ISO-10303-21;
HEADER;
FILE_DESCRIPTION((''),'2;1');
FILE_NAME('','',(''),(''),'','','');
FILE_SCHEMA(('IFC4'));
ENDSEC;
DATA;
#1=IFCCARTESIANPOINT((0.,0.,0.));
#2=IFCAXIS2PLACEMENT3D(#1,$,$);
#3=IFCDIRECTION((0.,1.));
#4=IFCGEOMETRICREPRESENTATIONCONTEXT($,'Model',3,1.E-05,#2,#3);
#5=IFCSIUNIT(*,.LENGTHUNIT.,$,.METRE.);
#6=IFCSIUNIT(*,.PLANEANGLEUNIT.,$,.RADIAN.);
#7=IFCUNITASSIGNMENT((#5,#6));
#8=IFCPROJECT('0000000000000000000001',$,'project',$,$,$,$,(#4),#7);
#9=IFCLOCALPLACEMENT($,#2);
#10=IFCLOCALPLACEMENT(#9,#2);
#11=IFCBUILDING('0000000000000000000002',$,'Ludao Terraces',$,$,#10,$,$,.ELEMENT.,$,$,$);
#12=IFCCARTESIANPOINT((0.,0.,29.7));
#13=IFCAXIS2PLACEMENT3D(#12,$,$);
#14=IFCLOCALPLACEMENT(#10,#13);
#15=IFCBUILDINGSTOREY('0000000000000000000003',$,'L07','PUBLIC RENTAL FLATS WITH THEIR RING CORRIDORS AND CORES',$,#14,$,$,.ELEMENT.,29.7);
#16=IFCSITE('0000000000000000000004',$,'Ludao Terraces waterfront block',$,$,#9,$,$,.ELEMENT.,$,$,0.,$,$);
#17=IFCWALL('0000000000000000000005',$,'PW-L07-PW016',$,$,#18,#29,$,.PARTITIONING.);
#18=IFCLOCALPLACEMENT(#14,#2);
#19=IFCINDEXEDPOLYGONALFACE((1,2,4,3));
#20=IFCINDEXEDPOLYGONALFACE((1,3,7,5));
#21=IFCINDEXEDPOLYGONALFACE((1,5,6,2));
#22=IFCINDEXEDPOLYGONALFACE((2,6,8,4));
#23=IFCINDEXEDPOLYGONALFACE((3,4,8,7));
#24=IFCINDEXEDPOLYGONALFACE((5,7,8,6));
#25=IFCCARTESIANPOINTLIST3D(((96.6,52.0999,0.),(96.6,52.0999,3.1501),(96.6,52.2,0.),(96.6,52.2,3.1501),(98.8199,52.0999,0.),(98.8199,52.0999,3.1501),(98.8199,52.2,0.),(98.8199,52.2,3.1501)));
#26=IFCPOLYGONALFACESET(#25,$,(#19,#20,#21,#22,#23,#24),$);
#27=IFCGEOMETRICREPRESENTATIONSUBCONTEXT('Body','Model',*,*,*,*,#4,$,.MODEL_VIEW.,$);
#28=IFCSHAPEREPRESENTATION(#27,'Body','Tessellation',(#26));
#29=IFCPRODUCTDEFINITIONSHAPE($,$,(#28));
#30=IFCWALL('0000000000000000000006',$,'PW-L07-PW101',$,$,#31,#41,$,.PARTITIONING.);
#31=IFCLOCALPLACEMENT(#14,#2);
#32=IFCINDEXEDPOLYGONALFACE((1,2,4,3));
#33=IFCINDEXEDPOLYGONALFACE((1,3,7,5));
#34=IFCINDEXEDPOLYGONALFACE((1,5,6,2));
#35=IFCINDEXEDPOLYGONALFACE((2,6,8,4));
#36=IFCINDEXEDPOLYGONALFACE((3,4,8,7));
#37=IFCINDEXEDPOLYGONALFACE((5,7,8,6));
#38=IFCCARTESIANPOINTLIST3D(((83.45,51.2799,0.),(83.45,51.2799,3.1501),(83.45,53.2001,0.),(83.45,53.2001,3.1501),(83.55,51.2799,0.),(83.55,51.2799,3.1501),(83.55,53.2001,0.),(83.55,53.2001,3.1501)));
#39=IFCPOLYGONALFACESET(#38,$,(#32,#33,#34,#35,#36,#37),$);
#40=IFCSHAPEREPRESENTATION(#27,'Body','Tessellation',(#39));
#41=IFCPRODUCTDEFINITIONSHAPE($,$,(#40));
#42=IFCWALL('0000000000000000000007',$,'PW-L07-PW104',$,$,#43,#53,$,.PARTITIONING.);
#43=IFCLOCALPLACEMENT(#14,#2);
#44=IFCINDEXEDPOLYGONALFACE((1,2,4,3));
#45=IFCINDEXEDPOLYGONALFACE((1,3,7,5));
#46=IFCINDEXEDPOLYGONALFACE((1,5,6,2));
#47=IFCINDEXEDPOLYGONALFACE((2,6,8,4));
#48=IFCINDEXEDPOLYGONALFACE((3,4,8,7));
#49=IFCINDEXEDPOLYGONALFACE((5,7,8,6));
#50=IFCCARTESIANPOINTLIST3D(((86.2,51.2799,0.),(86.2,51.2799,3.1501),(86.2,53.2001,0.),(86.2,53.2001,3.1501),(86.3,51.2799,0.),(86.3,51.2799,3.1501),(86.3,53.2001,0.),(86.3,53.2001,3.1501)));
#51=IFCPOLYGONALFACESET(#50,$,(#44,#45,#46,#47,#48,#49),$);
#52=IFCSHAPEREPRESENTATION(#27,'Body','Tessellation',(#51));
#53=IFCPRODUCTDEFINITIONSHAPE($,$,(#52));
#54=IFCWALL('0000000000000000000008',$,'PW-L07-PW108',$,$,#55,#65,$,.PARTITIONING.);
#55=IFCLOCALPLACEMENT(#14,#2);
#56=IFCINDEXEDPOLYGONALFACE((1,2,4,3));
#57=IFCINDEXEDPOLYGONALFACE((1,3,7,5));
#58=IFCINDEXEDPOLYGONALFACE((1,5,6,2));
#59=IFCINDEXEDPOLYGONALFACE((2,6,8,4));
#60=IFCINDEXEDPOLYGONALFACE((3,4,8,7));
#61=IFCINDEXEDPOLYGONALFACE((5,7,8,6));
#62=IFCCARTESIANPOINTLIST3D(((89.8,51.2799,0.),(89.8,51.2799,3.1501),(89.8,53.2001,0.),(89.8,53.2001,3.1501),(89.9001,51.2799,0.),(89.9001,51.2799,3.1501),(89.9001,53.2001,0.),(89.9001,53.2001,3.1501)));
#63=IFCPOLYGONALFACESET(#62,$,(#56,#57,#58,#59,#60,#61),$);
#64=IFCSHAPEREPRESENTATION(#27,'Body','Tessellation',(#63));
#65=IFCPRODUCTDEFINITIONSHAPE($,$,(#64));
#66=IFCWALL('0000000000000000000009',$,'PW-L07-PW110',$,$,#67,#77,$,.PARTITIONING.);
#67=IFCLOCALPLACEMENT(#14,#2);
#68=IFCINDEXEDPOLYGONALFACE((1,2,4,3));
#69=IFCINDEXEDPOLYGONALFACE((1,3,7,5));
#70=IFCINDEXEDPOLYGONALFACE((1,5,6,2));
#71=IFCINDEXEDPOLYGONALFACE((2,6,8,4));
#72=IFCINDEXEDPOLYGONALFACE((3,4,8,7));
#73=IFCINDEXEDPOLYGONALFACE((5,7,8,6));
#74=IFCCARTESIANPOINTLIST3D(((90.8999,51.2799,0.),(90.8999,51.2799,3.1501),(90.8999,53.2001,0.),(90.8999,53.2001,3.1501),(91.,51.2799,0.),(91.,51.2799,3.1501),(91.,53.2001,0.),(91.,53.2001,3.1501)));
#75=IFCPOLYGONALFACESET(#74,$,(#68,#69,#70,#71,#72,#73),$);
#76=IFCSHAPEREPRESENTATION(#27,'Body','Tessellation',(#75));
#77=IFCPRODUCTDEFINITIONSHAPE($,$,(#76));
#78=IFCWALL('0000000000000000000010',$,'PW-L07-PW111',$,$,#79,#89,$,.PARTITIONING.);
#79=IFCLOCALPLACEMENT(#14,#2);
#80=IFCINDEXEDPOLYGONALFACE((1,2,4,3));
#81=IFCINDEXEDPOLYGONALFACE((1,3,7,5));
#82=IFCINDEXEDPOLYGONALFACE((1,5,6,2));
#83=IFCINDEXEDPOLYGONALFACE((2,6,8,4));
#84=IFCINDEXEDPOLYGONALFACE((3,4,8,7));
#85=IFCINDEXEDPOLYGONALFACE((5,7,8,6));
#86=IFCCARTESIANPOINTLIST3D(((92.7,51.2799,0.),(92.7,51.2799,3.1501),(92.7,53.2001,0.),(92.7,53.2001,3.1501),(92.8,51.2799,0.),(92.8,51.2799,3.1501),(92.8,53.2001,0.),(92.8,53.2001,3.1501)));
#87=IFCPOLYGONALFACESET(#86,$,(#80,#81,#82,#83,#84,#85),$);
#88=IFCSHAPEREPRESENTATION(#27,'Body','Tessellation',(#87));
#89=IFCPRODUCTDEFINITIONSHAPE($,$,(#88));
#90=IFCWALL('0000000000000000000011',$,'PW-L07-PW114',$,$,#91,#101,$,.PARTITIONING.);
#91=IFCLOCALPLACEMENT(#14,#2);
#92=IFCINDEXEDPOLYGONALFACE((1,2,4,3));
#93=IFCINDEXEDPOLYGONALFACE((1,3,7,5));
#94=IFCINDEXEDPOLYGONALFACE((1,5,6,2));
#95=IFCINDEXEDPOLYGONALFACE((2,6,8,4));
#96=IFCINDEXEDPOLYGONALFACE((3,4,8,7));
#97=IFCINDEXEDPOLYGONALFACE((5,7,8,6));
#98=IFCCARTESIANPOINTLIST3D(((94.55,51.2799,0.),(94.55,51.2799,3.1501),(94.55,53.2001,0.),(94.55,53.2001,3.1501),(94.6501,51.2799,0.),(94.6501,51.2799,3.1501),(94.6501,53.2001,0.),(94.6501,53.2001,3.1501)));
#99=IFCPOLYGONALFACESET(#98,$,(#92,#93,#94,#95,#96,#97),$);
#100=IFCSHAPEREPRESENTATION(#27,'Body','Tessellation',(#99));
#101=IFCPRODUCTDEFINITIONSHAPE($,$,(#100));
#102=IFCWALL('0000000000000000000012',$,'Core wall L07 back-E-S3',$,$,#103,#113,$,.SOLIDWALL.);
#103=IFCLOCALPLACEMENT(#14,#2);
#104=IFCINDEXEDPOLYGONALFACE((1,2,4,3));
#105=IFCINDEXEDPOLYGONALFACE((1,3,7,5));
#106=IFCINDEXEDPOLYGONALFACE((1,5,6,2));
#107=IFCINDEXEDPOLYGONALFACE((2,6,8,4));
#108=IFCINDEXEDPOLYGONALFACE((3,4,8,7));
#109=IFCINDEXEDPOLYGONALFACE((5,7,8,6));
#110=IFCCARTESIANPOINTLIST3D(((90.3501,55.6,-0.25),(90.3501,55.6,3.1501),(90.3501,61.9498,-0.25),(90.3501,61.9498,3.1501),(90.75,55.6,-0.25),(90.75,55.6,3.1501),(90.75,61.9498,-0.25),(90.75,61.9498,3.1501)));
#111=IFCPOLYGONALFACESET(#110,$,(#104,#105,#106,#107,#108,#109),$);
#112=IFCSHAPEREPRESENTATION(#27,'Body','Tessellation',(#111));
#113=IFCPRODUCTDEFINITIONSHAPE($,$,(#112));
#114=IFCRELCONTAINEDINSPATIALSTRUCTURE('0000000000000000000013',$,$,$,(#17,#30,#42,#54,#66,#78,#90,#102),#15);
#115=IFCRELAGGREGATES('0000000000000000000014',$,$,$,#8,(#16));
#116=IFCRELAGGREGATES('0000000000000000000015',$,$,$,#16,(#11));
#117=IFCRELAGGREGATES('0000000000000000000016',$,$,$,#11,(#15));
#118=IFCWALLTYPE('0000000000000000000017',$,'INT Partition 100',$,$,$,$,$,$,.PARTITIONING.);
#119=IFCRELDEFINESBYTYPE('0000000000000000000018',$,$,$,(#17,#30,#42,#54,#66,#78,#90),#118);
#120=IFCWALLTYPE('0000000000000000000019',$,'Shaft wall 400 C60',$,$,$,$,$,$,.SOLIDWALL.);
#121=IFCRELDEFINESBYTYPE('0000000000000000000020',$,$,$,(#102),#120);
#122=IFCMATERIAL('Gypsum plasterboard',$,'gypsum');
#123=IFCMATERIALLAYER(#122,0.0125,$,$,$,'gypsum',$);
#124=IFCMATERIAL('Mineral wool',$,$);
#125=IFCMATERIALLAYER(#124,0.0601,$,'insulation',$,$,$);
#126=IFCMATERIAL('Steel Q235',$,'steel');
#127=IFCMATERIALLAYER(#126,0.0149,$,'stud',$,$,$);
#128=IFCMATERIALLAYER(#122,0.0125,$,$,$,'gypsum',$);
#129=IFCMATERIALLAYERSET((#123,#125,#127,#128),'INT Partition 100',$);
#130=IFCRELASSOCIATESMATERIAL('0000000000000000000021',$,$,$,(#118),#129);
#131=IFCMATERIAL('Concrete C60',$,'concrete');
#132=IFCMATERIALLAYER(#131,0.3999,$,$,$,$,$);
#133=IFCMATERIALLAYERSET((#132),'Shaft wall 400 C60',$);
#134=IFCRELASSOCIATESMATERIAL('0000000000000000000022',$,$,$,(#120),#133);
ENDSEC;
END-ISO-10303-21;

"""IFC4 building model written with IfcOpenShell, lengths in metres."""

from ifc_helpers import new_model, si_unit, direction, frame, frame_2d, origin, place, context, subcontext, project, spatial, rectangle, extrude, material, layer, layer_set, type_object, element, save


model = new_model("IFC4")

# Units and contexts
model_context = context("Model", 3, precision=1e-05, world=origin(), true_north=direction((0.0, 1.0)))
body_context = subcontext(model_context, "Body", "Model", "MODEL_VIEW")
ifc_project = project(units=[si_unit("LENGTHUNIT", "METRE"), si_unit("PLANEANGLEUNIT", "RADIAN")], contexts=[model_context])

# Site, building, storey
site_placement = place(None, origin())
site = spatial("IfcSite", under=ifc_project, at=site_placement, Name="Ludao Terraces waterfront block", CompositionType="ELEMENT", RefElevation=0.0)
building_placement = place(site_placement, origin())
building = spatial("IfcBuilding", under=site, at=building_placement, Name="Ludao Terraces", CompositionType="ELEMENT")
storey_placement = place(building_placement, frame((0.0, 0.0, 29.7)))
storey = spatial("IfcBuildingStorey", under=building, at=storey_placement, Name="L07", Description="PUBLIC RENTAL FLATS WITH THEIR RING CORRIDORS AND CORES", CompositionType="ELEMENT", Elevation=29.7)

# Shared definitions
ifc_material_1 = material(Name="Steel Q235", Category="steel")
ifc_material_2 = material(Name="Mineral wool")

# Shared definitions
ifc_material_3 = material(Name="Gypsum plasterboard", Category="gypsum")
ifc_layer_1 = layer(ifc_material_3, 0.0125, Category="gypsum")
ifc_layer_2 = layer(ifc_material_2, 0.0601, Name="insulation")
ifc_layer_3 = layer(ifc_material_1, 0.0149, Name="stud")
ifc_layer_4 = layer(ifc_material_3, 0.0125, Category="gypsum")
ifc_layer_set_1 = layer_set([ifc_layer_1, ifc_layer_2, ifc_layer_3, ifc_layer_4], Name="INT Partition 100")
wall_type_1 = type_object("IfcWallType", Name="INT Partition 100", PredefinedType="PARTITIONING", material=ifc_layer_set_1)

# Walls
wall_1_placement = place(storey_placement, frame((96.6001, 52.1499, 0.0), z_axis=(0.0, 0.0, 1.0), x_axis=(1.0, 0.0, 0.0)))
element("IfcWall", 1, at=wall_1_placement, inside=storey, type_object=wall_type_1, Name="PW-L07-PW016", PredefinedType="PARTITIONING", context=body_context, shape_type="SweptSolid", body=[
    extrude(rectangle(XDim=2.22, YDim=0.1001, at=frame_2d((1.1099, 0.0))), origin(), (0.0, 0.0, 1.0), 3.1501),
])
for number, where, z_axis, x_axis, name in (
    (2, (83.5, 51.28, 0.0), (0.0, 0.0, 1.0), (0.0, 1.0, 0.0), "PW-L07-PW101"),
    (3, (86.25, 51.28, 0.0), (0.0, 0.0, 1.0), (0.0, 1.0, 0.0), "PW-L07-PW104"),
    (4, (89.8501, 51.28, 0.0), (0.0, 0.0, 1.0), (0.0, 1.0, 0.0), "PW-L07-PW108"),
    (5, (90.95, 51.28, 0.0), (0.0, 0.0, 1.0), (0.0, 1.0, 0.0), "PW-L07-PW110"),
    (6, (92.75, 51.28, 0.0), (0.0, 0.0, 1.0), (0.0, 1.0, 0.0), "PW-L07-PW111"),
    (7, (94.6001, 51.28, 0.0), (0.0, 0.0, 1.0), (0.0, 1.0, 0.0), "PW-L07-PW114"),
):
    element("IfcWall", number, at=place(storey_placement, frame(where, z_axis=z_axis, x_axis=x_axis)), inside=storey, type_object=wall_type_1, Name=name, PredefinedType="PARTITIONING", context=body_context, shape_type="SweptSolid", body=[
        extrude(rectangle(XDim=1.9202, YDim=0.1001, at=frame_2d((0.96, 0.0))), origin(), (0.0, 0.0, 1.0), 3.1501),
    ])
ifc_material_4 = material(Name="Concrete C60", Category="concrete")
ifc_layer_5 = layer(ifc_material_4, 0.3999)
ifc_layer_set_2 = layer_set([ifc_layer_5], Name="Shaft wall 400 C60")
wall_type_2 = type_object("IfcWallType", Name="Shaft wall 400 C60", PredefinedType="SOLIDWALL", material=ifc_layer_set_2)
wall_2_placement = place(storey_placement, frame((90.55, 55.6001, -0.25), z_axis=(0.0, 0.0, 1.0), x_axis=(0.0, 1.0, 0.0)))
element("IfcWall", 8, at=wall_2_placement, inside=storey, type_object=wall_type_2, Name="Core wall L07 back-E-S3", PredefinedType="SOLIDWALL", context=body_context, shape_type="SweptSolid", body=[
    extrude(rectangle(XDim=6.3499, YDim=0.3999, at=frame_2d((3.1748, 0.0))), origin(), (0.0, 0.0, 1.0), 3.4001),
])

save(model, "model.ifc")
